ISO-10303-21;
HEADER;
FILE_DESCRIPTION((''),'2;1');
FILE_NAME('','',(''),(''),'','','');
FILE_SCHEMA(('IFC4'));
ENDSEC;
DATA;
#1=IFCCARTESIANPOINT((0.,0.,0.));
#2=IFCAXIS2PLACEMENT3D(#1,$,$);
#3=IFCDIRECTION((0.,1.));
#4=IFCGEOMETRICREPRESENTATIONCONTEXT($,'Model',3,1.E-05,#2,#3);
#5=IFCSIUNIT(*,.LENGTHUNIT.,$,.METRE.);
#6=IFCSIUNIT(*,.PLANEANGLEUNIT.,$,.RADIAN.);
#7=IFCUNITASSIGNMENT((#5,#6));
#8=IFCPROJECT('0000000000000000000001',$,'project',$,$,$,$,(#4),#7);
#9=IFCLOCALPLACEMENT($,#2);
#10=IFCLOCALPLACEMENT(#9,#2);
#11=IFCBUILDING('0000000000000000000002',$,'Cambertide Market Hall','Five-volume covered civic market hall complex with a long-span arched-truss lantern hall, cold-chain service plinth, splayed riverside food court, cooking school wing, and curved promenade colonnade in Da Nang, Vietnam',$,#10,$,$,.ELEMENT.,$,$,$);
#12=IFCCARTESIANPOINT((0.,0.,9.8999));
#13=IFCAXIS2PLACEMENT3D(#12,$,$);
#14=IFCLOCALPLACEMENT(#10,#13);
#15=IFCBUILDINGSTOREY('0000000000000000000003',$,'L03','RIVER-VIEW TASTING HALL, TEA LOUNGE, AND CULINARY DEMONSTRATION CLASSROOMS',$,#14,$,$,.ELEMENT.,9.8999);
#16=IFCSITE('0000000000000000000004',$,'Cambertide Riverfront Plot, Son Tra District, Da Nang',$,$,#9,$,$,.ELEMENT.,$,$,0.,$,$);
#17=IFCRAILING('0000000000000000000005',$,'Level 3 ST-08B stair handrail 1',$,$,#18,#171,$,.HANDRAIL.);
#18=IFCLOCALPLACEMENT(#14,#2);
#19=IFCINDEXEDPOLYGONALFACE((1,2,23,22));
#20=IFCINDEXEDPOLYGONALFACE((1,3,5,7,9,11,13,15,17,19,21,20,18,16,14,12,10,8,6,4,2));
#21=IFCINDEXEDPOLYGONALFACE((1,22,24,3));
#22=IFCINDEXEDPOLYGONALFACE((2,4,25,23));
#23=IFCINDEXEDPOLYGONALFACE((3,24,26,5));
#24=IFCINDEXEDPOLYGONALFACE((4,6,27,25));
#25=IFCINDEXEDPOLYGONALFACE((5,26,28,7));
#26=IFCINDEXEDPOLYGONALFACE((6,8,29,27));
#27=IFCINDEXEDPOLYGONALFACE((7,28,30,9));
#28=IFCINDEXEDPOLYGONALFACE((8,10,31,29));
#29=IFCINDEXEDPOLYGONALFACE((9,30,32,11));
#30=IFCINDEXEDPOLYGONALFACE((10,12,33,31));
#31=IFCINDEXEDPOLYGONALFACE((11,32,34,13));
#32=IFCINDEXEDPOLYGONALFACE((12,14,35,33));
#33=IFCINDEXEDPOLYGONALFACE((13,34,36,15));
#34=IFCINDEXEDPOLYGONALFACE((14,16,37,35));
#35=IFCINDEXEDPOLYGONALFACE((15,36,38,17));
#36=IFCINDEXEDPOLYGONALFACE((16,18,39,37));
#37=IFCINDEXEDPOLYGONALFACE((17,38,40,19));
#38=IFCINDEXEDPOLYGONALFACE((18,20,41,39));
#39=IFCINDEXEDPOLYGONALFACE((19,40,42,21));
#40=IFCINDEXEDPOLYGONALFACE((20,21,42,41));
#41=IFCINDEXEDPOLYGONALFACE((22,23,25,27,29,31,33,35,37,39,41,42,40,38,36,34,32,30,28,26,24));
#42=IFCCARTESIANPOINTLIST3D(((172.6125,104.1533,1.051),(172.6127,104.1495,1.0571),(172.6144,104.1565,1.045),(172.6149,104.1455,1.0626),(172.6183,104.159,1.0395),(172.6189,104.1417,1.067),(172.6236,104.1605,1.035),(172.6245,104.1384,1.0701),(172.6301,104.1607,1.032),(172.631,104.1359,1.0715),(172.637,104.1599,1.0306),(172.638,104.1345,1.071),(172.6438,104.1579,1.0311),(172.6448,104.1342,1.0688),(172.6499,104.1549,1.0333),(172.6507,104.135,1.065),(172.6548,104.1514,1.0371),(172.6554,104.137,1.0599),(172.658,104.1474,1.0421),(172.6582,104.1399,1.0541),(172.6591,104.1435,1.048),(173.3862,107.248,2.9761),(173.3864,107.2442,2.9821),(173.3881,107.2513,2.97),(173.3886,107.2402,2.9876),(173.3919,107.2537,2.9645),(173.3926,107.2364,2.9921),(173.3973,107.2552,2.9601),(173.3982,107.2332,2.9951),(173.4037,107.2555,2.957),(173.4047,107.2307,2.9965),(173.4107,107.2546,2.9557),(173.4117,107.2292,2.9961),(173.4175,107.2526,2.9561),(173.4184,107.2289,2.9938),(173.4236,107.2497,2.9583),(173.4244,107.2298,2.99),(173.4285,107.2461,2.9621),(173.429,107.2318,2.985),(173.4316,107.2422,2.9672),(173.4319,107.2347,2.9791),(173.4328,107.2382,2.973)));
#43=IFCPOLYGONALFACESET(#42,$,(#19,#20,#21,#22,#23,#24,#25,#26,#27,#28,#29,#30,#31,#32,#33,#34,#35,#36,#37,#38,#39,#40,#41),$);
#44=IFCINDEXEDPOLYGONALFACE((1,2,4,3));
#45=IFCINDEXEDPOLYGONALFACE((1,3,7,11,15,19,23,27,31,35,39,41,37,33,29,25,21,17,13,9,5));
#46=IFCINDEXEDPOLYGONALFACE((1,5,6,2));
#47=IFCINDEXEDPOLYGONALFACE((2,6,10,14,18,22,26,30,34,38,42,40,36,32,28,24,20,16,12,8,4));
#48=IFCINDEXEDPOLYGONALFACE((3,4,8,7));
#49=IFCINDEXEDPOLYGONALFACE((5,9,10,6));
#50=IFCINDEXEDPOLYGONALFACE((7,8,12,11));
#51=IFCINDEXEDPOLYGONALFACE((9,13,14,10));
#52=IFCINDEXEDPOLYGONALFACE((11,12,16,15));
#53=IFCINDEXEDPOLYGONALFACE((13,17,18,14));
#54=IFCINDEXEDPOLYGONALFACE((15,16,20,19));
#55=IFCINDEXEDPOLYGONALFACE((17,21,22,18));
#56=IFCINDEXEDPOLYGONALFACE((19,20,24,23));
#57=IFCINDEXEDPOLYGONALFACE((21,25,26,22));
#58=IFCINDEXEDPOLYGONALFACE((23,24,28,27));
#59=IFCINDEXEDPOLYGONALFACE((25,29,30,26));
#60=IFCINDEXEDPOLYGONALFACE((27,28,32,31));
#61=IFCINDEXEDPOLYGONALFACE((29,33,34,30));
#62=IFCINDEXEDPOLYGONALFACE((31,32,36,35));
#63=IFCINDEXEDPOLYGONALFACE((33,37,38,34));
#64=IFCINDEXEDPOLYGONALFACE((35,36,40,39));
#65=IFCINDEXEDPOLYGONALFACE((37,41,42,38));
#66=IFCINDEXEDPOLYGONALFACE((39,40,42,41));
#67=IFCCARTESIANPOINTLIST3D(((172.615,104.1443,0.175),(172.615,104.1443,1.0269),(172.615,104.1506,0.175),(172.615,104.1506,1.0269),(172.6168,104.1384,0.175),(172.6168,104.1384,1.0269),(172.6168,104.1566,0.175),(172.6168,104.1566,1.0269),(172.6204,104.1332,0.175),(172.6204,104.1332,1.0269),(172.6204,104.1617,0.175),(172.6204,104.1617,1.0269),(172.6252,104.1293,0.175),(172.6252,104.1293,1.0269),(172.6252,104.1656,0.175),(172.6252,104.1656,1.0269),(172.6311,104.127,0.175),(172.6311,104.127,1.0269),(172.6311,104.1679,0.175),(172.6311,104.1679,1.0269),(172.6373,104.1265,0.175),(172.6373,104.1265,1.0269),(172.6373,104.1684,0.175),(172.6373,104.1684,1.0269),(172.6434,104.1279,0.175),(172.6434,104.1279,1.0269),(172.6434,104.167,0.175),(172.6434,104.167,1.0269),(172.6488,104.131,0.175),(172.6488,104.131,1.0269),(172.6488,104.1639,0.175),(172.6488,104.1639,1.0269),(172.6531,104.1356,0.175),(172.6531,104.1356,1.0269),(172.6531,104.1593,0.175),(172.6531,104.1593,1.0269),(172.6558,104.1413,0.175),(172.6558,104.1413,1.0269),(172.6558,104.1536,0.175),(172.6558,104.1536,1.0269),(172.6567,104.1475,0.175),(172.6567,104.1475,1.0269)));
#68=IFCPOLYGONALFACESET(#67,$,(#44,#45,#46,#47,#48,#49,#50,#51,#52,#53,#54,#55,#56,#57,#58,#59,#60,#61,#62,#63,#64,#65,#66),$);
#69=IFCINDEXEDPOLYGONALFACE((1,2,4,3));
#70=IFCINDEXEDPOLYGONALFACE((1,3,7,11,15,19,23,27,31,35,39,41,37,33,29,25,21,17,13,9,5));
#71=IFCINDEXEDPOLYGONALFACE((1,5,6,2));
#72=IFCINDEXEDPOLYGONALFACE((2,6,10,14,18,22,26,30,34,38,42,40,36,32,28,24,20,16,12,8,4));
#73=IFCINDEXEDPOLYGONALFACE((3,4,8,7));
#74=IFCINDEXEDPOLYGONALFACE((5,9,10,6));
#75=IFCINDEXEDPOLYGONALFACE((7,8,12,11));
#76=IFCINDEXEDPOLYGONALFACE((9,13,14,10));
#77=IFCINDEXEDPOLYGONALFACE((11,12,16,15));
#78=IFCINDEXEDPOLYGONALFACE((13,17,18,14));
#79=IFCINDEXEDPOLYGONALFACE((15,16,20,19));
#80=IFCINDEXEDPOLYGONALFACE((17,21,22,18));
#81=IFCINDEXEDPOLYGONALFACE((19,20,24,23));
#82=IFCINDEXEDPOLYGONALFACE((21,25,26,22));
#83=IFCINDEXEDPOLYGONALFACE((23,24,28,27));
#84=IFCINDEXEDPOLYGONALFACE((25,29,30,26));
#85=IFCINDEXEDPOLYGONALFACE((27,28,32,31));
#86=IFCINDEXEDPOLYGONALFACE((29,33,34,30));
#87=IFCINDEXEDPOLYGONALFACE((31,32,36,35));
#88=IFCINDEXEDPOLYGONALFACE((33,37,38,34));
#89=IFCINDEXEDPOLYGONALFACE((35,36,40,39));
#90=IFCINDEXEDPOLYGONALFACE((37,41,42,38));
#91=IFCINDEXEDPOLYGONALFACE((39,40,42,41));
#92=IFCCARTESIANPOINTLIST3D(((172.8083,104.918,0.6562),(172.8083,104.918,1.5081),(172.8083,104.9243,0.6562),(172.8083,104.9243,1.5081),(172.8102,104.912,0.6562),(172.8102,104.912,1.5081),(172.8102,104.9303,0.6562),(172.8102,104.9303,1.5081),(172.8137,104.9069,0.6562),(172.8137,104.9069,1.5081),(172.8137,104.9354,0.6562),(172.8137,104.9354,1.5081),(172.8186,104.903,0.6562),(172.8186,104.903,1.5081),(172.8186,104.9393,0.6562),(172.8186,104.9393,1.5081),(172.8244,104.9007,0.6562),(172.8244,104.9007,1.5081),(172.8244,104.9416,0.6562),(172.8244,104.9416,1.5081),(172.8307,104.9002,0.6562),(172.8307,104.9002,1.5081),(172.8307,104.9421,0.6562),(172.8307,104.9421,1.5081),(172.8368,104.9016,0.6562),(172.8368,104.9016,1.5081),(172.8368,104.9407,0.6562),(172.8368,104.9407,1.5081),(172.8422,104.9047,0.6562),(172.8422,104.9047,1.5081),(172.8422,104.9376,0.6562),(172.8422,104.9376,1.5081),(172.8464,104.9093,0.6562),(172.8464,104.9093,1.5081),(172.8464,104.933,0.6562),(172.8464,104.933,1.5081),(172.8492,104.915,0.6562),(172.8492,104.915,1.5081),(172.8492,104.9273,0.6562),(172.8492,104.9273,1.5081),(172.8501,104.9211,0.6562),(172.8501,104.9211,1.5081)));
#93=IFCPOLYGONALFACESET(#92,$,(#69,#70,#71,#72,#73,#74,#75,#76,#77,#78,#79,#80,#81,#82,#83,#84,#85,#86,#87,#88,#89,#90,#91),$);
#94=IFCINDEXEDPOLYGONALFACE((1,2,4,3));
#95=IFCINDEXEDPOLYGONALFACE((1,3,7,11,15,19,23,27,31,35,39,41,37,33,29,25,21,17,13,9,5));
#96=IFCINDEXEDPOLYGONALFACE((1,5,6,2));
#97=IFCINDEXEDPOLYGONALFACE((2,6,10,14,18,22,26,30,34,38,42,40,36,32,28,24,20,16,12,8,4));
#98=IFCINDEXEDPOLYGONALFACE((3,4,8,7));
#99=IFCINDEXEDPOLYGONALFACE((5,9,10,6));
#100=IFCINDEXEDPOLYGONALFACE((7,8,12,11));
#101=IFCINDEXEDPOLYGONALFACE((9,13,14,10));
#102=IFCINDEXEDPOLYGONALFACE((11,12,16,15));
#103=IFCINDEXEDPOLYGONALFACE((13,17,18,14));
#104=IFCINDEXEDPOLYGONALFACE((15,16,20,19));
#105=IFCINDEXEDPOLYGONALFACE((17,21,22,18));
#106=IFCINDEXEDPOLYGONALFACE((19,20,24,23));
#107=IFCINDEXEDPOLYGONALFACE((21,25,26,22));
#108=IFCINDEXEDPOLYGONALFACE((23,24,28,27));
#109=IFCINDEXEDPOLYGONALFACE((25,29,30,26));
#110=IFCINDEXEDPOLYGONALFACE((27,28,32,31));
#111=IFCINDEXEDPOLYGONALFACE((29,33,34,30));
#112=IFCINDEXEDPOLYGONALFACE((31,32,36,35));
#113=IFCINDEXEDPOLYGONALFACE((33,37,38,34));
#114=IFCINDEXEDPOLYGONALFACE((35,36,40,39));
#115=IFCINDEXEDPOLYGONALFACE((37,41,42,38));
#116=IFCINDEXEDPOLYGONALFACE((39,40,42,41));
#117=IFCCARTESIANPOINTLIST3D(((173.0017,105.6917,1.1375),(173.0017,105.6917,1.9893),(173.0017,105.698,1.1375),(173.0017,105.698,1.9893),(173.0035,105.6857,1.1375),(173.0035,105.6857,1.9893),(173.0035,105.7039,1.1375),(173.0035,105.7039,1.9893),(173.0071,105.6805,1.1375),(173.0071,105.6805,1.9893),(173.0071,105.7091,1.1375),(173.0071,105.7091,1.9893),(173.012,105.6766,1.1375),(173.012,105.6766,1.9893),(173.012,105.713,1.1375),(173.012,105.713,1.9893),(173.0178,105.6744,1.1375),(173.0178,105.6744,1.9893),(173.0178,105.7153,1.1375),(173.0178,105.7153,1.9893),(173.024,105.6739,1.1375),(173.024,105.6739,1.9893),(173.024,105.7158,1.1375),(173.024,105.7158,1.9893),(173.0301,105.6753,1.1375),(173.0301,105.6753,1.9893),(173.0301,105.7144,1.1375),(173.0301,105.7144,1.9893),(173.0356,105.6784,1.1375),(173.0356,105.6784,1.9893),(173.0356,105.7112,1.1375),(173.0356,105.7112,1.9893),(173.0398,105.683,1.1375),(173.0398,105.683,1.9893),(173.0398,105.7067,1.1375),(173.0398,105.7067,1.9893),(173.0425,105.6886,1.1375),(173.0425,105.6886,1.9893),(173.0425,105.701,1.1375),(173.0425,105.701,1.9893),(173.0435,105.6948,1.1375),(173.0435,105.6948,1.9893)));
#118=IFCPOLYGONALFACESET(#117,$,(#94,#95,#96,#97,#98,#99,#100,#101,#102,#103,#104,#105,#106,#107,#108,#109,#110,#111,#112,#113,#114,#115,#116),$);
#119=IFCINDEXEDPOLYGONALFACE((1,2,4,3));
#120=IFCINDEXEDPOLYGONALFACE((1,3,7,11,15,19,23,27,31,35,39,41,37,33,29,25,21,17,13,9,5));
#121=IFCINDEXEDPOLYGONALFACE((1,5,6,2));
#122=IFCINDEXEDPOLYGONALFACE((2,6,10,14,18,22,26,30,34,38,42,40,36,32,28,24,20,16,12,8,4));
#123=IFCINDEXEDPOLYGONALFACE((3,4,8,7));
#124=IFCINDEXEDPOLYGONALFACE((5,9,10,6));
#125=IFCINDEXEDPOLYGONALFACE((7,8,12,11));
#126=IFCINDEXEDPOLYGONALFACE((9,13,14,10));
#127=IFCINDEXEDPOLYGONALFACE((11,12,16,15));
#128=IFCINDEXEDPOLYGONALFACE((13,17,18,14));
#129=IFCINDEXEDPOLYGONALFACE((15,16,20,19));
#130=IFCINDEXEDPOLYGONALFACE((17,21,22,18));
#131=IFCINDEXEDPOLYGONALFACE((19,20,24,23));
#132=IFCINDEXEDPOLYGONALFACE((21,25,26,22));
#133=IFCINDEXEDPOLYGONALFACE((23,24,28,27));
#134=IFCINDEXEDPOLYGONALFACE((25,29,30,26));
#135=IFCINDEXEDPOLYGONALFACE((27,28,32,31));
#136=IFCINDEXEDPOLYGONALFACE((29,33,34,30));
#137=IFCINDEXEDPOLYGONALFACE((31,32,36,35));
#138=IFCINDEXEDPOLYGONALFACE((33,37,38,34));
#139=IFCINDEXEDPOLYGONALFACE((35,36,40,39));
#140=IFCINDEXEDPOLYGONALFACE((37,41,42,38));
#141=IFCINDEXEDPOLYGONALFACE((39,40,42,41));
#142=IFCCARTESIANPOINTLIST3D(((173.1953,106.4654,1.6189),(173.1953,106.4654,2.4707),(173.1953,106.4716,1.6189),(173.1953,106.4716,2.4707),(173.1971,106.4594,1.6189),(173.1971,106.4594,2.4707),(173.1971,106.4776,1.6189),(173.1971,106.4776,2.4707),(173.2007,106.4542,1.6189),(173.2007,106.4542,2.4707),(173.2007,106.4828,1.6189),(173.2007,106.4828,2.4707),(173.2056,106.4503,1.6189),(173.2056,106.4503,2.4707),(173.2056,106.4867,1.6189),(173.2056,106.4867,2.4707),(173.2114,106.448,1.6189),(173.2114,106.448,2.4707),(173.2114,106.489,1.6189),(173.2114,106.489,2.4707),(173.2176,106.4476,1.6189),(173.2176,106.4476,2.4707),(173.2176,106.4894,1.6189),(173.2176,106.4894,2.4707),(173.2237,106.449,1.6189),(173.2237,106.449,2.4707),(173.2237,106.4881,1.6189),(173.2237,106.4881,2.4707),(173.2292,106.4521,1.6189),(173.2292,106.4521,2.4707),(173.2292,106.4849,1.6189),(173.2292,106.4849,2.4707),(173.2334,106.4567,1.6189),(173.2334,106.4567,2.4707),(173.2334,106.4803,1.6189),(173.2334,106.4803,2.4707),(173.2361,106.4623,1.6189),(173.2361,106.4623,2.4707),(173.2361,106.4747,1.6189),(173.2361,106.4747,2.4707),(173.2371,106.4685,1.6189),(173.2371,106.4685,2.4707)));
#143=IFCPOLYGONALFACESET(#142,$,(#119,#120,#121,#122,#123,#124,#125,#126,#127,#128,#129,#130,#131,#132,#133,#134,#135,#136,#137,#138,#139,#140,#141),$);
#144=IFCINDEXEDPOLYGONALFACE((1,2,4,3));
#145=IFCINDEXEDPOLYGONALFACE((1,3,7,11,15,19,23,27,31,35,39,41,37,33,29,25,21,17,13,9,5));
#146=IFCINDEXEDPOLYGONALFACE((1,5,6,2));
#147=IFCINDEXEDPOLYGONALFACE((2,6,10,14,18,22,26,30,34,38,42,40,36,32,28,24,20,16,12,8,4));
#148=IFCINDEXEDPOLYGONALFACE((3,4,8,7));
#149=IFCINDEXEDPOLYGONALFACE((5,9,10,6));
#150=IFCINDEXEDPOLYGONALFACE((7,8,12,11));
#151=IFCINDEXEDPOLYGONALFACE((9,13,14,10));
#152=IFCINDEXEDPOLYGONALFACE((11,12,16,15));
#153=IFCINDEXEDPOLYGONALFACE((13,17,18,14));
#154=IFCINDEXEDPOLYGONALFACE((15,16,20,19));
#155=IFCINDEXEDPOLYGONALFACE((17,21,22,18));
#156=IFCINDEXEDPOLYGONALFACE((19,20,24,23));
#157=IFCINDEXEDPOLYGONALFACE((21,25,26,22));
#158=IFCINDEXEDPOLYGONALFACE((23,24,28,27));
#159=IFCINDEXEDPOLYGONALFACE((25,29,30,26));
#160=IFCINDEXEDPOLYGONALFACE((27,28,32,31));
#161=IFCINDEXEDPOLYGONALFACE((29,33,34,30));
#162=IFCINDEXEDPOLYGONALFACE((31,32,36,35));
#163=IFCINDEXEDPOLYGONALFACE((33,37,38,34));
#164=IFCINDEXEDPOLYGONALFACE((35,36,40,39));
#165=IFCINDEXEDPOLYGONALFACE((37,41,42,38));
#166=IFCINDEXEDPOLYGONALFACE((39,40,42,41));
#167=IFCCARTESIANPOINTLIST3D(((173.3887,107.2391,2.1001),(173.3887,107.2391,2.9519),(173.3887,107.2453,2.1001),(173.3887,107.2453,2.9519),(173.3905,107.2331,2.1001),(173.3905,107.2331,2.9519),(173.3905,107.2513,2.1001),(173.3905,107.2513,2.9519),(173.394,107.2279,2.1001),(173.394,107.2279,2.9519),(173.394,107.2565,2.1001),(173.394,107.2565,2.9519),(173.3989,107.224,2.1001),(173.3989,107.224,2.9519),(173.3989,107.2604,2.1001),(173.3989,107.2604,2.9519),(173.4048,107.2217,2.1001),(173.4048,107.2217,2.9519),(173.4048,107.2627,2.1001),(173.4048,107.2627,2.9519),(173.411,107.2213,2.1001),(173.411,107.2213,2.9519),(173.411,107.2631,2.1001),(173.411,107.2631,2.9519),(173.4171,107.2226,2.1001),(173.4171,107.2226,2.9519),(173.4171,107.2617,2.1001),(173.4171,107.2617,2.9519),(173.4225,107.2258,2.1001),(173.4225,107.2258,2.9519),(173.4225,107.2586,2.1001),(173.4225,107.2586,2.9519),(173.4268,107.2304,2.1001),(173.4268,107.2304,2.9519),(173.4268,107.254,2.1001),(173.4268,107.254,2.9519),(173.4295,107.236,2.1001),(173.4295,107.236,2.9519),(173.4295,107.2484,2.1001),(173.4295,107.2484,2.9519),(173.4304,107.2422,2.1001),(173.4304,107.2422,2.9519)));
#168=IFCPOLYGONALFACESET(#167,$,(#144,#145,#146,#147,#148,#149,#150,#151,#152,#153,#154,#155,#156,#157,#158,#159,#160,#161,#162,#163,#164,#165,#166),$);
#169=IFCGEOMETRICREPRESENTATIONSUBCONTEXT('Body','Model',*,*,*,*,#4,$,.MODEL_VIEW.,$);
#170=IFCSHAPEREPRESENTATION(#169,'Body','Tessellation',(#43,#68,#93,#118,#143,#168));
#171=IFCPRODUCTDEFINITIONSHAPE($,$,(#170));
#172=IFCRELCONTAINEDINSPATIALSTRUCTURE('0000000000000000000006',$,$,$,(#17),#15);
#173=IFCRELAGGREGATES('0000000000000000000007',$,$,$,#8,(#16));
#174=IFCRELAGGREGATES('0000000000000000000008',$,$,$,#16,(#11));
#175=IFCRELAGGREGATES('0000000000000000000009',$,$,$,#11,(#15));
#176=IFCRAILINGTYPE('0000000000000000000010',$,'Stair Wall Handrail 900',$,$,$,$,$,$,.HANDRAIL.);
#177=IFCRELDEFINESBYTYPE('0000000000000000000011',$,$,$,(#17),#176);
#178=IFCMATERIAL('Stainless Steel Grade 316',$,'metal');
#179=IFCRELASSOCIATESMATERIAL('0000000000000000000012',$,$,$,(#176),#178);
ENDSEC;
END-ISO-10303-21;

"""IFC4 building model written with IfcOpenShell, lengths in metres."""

from ifc_helpers import new_model, si_unit, direction, frame, origin, origin_2d, place, context, subcontext, project, spatial, circle, extrude, material, type_object, element, save


model = new_model("IFC4")

# Units and contexts
model_context = context("Model", 3, precision=1e-05, world=origin(), true_north=direction((0.0, 1.0)))
body_context = subcontext(model_context, "Body", "Model", "MODEL_VIEW")
ifc_project = project(units=[si_unit("LENGTHUNIT", "METRE"), si_unit("PLANEANGLEUNIT", "RADIAN")], contexts=[model_context])

# Site, building, storey
site_placement = place(None, origin())
site = spatial("IfcSite", under=ifc_project, at=site_placement, Name="Cambertide Riverfront Plot, Son Tra District, Da Nang", CompositionType="ELEMENT", RefElevation=0.0)
building_placement = place(site_placement, origin())
building = spatial("IfcBuilding", under=site, at=building_placement, Name="Cambertide Market Hall", Description="Five-volume covered civic market hall complex with a long-span arched-truss lantern hall, cold-chain service plinth, splayed riverside food court, cooking school wing, and curved promenade colonnade in Da Nang, Vietnam", CompositionType="ELEMENT")
storey_placement = place(building_placement, frame((0.0, 0.0, 9.8999)))
storey = spatial("IfcBuildingStorey", under=building, at=storey_placement, Name="L03", Description="RIVER-VIEW TASTING HALL, TEA LOUNGE, AND CULINARY DEMONSTRATION CLASSROOMS", CompositionType="ELEMENT", Elevation=9.8999)

# Railing
ifc_material_1 = material(Name="Stainless Steel Grade 316", Category="metal")
railing_type_1 = type_object("IfcRailingType", Name="Stair Wall Handrail 900", PredefinedType="HANDRAIL", material=ifc_material_1)
railing_1_placement = place(storey_placement, frame((172.6357, 104.1475, 0.175)))
element("IfcRailing", 1, at=railing_1_placement, inside=storey, type_object=railing_type_1, Name="Level 3 ST-08B stair handrail 1", PredefinedType="HANDRAIL", context=body_context, shape_type="SweptSolid", body=[
    extrude(circle(Radius=0.0239, at=origin_2d()), frame((0.0, 0.0, 0.876), z_axis=(0.207654, 0.830616, 0.516678), x_axis=(-0.970143, 0.242536, 0.0)), (0.0, 0.0, 1.0), 3.7258),
    extrude(circle(Radius=0.021, at=origin_2d()), origin(), (0.0, 0.0, 1.0), 0.8518),
    extrude(circle(Radius=0.021, at=origin_2d()), frame((0.1934, 0.7737, 0.4812)), (0.0, 0.0, 1.0), 0.8518),
    extrude(circle(Radius=0.021, at=origin_2d()), frame((0.3867, 1.5474, 0.9624)), (0.0, 0.0, 1.0), 0.8518),
    extrude(circle(Radius=0.021, at=origin_2d()), frame((0.5803, 2.321, 1.4438)), (0.0, 0.0, 1.0), 0.8518),
    extrude(circle(Radius=0.021, at=origin_2d()), frame((0.7737, 3.0947, 1.925)), (0.0, 0.0, 1.0), 0.8518),
])

save(model, "model.ifc")
